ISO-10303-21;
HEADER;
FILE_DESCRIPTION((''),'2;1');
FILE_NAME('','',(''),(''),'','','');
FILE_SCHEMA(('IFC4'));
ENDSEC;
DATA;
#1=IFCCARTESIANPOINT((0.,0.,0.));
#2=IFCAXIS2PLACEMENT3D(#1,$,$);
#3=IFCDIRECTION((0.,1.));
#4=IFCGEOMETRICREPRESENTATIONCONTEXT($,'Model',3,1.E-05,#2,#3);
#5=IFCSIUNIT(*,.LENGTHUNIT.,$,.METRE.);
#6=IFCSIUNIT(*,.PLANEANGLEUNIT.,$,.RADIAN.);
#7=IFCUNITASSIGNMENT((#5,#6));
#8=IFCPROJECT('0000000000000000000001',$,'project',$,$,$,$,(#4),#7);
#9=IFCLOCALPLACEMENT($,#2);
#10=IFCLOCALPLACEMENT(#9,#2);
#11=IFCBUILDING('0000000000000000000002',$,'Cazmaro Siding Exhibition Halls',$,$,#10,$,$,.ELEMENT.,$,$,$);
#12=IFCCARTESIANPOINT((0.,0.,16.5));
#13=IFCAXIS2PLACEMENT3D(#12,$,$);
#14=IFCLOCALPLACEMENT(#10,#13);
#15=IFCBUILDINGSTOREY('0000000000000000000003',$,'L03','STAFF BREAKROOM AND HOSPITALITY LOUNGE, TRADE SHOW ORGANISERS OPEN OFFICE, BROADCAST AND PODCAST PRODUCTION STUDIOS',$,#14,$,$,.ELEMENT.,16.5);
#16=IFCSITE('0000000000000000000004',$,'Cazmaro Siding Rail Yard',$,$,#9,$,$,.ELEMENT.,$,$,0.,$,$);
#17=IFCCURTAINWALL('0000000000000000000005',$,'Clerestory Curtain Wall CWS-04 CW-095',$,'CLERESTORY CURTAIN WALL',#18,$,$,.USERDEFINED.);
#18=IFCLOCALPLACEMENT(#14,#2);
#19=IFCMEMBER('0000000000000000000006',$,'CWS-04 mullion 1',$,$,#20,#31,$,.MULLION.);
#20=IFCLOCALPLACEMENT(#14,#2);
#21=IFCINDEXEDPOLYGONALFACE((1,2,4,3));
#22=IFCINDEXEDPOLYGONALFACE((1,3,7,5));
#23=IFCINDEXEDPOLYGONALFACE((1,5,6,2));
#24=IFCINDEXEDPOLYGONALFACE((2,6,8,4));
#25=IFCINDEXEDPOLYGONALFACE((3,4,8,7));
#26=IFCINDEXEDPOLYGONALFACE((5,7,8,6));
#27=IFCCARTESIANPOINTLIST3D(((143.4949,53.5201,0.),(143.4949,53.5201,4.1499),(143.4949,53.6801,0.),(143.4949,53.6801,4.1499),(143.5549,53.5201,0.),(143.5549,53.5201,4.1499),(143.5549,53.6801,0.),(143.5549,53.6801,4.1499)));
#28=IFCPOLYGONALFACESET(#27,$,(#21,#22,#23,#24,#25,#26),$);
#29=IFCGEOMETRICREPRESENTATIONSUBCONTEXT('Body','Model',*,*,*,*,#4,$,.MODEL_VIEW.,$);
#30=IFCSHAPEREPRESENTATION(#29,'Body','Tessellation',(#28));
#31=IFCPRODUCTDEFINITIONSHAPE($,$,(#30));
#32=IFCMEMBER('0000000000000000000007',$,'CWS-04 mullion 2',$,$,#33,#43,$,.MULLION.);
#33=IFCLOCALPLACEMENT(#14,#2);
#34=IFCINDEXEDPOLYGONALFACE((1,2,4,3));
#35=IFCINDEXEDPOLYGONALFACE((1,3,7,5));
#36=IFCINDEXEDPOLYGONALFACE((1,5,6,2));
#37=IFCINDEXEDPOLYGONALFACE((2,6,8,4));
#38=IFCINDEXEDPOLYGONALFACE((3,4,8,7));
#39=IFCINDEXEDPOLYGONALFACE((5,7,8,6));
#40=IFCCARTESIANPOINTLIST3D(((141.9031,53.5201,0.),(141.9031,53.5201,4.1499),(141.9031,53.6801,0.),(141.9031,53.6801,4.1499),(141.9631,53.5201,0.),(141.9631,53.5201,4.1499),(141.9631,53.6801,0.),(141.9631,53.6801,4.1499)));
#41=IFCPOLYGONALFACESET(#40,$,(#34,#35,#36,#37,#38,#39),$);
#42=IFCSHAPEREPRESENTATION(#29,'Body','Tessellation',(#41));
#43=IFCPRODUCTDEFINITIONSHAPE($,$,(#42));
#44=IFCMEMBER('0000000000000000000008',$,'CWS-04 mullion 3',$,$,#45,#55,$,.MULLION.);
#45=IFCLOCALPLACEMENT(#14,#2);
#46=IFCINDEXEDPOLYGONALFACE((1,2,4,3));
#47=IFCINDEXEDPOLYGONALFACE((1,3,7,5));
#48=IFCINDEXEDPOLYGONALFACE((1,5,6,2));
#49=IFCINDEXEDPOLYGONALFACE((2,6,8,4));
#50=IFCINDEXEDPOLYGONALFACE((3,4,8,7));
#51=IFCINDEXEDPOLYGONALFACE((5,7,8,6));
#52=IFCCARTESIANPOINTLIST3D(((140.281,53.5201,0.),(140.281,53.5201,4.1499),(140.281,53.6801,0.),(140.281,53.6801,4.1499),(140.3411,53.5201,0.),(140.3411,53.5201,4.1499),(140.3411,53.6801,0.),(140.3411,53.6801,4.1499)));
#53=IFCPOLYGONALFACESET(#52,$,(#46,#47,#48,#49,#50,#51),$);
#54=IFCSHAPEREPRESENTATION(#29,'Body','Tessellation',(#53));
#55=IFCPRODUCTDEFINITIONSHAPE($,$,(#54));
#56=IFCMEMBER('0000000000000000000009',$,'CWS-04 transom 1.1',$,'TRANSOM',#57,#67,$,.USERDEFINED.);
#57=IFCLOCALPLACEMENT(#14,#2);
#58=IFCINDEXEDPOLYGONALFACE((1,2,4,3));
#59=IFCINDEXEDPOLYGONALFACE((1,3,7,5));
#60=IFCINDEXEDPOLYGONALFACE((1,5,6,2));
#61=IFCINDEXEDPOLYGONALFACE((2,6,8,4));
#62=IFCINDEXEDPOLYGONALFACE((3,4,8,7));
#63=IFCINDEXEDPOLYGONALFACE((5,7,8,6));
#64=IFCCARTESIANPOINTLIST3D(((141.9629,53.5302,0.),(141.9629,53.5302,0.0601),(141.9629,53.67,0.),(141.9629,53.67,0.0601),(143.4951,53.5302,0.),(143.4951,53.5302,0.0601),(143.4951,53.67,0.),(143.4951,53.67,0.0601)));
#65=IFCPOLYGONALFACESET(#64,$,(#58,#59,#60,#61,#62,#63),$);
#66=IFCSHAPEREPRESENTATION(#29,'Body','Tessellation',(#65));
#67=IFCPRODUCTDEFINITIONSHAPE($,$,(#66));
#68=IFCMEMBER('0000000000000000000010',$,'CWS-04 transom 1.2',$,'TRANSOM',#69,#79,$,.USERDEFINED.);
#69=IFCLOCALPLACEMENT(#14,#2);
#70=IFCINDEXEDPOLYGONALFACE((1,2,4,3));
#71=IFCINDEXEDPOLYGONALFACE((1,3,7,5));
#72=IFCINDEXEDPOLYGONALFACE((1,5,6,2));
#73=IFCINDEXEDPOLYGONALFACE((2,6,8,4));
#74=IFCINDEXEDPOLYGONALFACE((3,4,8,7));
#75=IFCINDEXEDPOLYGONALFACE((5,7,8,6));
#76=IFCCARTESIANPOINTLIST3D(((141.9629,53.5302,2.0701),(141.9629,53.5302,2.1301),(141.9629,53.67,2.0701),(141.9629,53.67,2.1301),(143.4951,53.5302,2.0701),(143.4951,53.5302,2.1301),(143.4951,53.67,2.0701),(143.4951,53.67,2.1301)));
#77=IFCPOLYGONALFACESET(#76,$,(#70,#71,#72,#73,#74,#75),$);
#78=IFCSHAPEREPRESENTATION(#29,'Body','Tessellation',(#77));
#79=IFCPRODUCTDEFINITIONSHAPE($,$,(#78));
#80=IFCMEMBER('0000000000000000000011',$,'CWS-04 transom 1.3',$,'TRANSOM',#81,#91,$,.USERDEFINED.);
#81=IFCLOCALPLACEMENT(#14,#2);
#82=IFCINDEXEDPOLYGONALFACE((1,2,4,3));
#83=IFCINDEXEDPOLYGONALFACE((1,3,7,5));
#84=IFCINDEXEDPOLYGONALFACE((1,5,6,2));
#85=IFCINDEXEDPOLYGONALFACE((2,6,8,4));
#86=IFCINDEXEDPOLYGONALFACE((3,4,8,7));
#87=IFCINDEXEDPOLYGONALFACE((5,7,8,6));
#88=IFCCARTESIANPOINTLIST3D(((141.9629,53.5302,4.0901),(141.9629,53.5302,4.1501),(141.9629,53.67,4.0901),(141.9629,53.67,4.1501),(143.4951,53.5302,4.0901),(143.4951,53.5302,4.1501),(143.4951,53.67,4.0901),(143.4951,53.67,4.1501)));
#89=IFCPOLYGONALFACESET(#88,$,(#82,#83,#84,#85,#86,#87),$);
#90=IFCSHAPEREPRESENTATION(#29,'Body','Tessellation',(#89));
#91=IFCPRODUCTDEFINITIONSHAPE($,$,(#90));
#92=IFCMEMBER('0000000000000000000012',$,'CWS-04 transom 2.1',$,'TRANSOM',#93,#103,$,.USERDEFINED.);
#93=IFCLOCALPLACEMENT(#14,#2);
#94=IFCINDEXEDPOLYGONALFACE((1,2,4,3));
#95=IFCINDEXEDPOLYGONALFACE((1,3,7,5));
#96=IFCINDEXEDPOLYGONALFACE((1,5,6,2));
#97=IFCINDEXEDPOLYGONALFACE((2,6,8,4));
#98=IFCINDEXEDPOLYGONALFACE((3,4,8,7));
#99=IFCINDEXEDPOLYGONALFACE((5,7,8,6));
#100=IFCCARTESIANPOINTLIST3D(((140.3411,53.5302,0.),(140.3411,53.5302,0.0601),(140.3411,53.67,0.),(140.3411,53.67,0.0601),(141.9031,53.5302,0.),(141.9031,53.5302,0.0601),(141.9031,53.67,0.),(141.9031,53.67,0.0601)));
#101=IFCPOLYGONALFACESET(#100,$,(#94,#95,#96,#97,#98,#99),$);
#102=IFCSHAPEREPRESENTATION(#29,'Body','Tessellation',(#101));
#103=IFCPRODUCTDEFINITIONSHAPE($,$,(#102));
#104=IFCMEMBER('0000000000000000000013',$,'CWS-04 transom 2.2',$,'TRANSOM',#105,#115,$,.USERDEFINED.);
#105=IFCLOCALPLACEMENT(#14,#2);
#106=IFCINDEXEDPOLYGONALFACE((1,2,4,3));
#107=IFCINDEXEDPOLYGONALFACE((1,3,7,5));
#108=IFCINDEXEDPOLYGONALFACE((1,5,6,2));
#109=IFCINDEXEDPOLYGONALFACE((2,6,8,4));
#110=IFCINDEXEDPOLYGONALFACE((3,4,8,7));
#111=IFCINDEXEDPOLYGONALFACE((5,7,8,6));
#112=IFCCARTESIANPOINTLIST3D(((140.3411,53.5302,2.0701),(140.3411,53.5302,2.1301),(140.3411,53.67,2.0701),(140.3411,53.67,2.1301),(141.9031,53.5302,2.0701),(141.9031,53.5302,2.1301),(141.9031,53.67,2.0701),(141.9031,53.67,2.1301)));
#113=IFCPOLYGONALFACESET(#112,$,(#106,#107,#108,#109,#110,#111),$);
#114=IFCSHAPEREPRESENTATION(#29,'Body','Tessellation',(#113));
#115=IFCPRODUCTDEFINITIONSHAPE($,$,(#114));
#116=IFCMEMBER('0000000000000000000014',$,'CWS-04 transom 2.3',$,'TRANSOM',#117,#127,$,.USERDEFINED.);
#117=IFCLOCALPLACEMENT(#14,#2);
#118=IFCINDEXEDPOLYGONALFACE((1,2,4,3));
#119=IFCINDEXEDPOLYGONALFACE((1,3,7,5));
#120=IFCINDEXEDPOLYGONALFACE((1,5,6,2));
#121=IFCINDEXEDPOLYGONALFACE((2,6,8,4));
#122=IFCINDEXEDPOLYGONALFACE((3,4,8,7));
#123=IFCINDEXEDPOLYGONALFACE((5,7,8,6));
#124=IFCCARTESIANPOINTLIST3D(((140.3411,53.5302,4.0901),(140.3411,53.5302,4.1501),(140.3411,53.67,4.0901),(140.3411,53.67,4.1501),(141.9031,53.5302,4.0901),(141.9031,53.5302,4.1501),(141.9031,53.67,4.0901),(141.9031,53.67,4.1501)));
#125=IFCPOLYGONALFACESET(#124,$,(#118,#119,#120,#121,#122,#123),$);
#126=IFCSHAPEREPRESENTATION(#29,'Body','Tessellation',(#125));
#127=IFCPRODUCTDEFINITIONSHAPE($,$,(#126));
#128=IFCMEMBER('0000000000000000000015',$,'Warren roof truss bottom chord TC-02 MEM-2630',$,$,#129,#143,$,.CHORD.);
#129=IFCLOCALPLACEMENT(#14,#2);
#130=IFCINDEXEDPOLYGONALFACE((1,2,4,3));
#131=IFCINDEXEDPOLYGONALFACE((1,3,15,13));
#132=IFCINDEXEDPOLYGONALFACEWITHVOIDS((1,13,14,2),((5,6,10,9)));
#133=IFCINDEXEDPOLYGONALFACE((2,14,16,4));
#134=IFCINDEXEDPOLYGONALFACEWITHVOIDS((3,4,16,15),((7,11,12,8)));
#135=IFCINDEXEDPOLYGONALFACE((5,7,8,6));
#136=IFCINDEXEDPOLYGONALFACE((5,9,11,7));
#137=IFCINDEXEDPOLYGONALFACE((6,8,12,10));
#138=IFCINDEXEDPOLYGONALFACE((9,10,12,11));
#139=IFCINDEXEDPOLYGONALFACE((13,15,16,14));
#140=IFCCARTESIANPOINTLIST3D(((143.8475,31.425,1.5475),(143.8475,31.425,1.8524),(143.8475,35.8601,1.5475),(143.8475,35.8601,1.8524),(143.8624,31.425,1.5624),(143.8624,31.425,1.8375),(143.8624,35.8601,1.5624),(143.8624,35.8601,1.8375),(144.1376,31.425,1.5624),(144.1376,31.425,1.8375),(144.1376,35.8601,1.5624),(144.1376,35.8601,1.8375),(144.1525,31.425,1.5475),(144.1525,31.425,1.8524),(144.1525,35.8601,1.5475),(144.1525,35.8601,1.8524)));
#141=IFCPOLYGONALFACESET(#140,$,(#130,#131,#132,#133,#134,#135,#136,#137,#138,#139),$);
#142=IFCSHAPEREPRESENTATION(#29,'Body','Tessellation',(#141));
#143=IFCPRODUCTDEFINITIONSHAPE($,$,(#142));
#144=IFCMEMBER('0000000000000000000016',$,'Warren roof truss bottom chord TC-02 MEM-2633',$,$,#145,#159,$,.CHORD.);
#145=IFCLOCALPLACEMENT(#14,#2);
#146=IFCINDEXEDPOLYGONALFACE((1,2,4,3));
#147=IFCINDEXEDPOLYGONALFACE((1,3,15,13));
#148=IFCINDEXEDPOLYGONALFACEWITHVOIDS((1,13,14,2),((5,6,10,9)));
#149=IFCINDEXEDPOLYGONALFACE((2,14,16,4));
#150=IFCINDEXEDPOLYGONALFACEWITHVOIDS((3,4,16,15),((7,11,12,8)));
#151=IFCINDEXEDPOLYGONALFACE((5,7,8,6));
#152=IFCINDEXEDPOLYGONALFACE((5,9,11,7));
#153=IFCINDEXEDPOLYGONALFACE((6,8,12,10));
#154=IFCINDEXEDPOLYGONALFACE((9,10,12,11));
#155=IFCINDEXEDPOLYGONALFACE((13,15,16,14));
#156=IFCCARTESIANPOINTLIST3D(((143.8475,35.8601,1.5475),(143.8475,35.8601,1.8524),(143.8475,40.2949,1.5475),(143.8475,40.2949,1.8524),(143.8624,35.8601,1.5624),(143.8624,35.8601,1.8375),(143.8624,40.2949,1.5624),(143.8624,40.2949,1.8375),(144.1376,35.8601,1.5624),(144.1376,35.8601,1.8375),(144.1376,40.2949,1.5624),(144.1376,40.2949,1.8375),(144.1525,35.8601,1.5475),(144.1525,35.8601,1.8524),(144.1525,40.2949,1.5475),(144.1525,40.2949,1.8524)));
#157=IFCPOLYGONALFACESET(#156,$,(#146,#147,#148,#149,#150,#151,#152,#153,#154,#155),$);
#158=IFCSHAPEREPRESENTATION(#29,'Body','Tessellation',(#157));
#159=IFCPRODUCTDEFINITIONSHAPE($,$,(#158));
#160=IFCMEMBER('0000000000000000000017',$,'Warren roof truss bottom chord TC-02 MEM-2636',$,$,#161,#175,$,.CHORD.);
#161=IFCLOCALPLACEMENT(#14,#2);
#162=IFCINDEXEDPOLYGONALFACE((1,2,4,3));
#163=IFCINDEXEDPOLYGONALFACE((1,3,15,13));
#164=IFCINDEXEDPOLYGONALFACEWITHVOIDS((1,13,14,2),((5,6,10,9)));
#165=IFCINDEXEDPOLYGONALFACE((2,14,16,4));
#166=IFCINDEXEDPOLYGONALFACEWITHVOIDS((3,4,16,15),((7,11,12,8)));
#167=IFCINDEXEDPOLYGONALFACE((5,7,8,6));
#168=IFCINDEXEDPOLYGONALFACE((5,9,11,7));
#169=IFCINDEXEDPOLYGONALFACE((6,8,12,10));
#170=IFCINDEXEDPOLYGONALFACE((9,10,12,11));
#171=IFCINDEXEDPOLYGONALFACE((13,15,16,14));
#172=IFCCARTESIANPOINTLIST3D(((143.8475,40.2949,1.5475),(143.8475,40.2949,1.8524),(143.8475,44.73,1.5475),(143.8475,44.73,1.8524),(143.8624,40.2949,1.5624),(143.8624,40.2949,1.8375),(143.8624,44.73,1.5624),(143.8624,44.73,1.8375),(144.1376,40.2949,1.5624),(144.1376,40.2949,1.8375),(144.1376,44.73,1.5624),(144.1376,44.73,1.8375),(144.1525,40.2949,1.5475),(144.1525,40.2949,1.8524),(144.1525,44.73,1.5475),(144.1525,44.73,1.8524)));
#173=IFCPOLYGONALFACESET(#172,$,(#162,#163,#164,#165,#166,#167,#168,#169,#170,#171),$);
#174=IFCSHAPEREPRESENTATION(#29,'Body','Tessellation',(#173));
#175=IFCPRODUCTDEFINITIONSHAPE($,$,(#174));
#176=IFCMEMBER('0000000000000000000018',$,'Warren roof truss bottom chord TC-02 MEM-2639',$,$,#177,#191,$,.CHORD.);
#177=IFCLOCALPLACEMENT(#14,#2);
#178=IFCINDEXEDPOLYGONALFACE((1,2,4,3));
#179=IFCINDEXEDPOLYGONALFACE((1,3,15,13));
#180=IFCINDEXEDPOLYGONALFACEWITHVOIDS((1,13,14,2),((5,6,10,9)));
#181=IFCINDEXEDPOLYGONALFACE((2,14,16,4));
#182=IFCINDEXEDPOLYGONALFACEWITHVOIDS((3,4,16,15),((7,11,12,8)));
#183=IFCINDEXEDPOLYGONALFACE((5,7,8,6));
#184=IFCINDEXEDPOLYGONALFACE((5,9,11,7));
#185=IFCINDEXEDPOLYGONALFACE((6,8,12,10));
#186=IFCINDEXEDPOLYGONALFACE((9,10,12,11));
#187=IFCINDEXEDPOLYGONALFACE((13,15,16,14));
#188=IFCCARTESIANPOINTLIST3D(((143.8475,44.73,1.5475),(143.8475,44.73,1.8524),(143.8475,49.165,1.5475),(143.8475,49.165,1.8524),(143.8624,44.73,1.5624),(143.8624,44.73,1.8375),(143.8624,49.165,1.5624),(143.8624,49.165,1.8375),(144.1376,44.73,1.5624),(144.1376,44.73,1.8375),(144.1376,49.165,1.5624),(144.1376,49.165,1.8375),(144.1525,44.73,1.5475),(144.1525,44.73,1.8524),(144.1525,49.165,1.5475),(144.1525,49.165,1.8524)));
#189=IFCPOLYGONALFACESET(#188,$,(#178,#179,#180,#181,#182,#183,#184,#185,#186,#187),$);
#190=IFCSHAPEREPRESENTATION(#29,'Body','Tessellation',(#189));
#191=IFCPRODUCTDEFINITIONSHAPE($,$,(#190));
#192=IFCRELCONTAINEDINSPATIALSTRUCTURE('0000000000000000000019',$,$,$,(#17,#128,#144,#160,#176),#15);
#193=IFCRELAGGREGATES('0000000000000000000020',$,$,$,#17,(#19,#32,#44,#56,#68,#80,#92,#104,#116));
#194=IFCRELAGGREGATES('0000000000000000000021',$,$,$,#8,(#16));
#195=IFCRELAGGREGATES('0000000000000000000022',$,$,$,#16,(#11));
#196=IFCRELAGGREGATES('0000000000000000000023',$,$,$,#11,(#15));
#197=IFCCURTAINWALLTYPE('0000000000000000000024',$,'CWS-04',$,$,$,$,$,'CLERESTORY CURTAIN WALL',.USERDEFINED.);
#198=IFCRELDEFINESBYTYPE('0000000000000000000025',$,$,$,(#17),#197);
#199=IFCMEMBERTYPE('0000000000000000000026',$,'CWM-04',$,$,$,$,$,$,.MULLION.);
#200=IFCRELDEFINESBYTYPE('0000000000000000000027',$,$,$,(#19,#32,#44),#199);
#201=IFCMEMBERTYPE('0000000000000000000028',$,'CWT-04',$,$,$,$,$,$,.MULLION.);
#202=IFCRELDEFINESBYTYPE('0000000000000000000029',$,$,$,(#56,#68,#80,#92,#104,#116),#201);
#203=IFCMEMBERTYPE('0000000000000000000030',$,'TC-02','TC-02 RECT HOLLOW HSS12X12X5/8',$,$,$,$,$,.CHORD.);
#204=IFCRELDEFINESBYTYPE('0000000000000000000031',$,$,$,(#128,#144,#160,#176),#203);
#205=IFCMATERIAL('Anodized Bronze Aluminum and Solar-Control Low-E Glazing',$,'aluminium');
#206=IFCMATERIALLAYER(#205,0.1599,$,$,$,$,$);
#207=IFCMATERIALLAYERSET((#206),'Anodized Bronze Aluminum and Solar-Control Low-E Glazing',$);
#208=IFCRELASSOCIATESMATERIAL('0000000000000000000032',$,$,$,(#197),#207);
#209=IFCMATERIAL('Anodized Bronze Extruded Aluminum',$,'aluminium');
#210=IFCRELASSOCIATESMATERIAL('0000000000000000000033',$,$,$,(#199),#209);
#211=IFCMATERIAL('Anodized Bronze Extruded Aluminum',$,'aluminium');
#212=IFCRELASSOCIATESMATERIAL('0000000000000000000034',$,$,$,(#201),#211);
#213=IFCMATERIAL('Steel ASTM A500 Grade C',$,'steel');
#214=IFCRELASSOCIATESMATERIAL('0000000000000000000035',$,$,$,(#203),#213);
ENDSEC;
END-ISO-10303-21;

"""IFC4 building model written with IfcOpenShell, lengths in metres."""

from ifc_helpers import new_model, si_unit, direction, frame, origin, origin_2d, place, context, subcontext, project, spatial, rectangle, hollow_rectangle, extrude, material, layer, layer_set, material_profile, profile_set, type_object, element, aggregate, save


model = new_model("IFC4")

# Units and contexts
model_context = context("Model", 3, precision=1e-05, world=origin(), true_north=direction((0.0, 1.0)))
body_context = subcontext(model_context, "Body", "Model", "MODEL_VIEW")
ifc_project = project(units=[si_unit("LENGTHUNIT", "METRE"), si_unit("PLANEANGLEUNIT", "RADIAN")], contexts=[model_context])

# Site, building, storey
site_placement = place(None, origin())
site = spatial("IfcSite", under=ifc_project, at=site_placement, Name="Cazmaro Siding Rail Yard", CompositionType="ELEMENT", RefElevation=0.0)
building_placement = place(site_placement, origin())
building = spatial("IfcBuilding", under=site, at=building_placement, Name="Cazmaro Siding Exhibition Halls", CompositionType="ELEMENT")
storey_placement = place(building_placement, frame((0.0, 0.0, 16.5)))
storey = spatial("IfcBuildingStorey", under=building, at=storey_placement, Name="L03", Description="STAFF BREAKROOM AND HOSPITALITY LOUNGE, TRADE SHOW ORGANISERS OPEN OFFICE, BROADCAST AND PODCAST PRODUCTION STUDIOS", CompositionType="ELEMENT", Elevation=16.5)

# Curtain wall, members
ifc_material_1 = material(Name="Anodized Bronze Aluminum and Solar-Control Low-E Glazing", Category="aluminium")
ifc_layer_1 = layer(ifc_material_1, 0.1599)
ifc_layer_set_1 = layer_set([ifc_layer_1], Name="Anodized Bronze Aluminum and Solar-Control Low-E Glazing")
curtain_wall_type = type_object("IfcCurtainWallType", Name="CWS-04", ElementType="CLERESTORY CURTAIN WALL", PredefinedType="USERDEFINED", material=ifc_layer_set_1)
curtain_wall_placement = place(storey_placement, origin())
curtain_wall = element("IfcCurtainWall", 1, at=curtain_wall_placement, inside=storey, type_object=curtain_wall_type, Name="Clerestory Curtain Wall CWS-04 CW-095", ObjectType="CLERESTORY CURTAIN WALL", PredefinedType="USERDEFINED")
ifc_material_2 = material(Name="Anodized Bronze Extruded Aluminum", Category="aluminium")
ifc_material_profile_1 = material_profile(ifc_material_2, rectangle(XDim=0.1599, YDim=0.0601, at=origin_2d()), Name="CWM-04")
ifc_profile_set_1 = profile_set([ifc_material_profile_1], Name="Anodized Bronze Extruded Aluminum")
member_type_1 = type_object("IfcMemberType", Name="CWM-04", PredefinedType="MULLION", material=ifc_profile_set_1)
member_1_placement = place(storey_placement, frame((143.5249, 53.6001, 0.0), z_axis=(0.0, 0.0, 1.0), x_axis=(0.0, -1.0, 0.0)))
member_1 = element("IfcMember", 2, at=member_1_placement, type_object=member_type_1, Name="CWS-04 mullion 1", PredefinedType="MULLION", context=body_context, shape_type="SweptSolid", body=[
    extrude(rectangle(XDim=0.1599, YDim=0.0601, at=origin_2d()), origin(), (0.0, 0.0, 1.0), 4.1499),
])
member_2_placement = place(storey_placement, frame((141.9331, 53.6001, 0.0), z_axis=(0.0, 0.0, 1.0), x_axis=(0.0, -1.0, 0.0)))
member_2 = element("IfcMember", 3, at=member_2_placement, type_object=member_type_1, Name="CWS-04 mullion 2", PredefinedType="MULLION", context=body_context, shape_type="SweptSolid", body=[
    extrude(rectangle(XDim=0.1599, YDim=0.0601, at=origin_2d()), origin(), (0.0, 0.0, 1.0), 4.1499),
])
member_3_placement = place(storey_placement, frame((140.311, 53.6001, 0.0), z_axis=(0.0, 0.0, 1.0), x_axis=(0.0, -1.0, 0.0)))
member_3 = element("IfcMember", 4, at=member_3_placement, type_object=member_type_1, Name="CWS-04 mullion 3", PredefinedType="MULLION", context=body_context, shape_type="SweptSolid", body=[
    extrude(rectangle(XDim=0.1599, YDim=0.0601, at=origin_2d()), origin(), (0.0, 0.0, 1.0), 4.1499),
])
ifc_material_3 = material(Name="Anodized Bronze Extruded Aluminum", Category="aluminium")
ifc_material_profile_2 = material_profile(ifc_material_3, rectangle(XDim=0.1399, YDim=0.0601, at=origin_2d()), Name="CWT-04")
ifc_profile_set_2 = profile_set([ifc_material_profile_2], Name="Anodized Bronze Extruded Aluminum")
member_type_2 = type_object("IfcMemberType", Name="CWT-04", PredefinedType="MULLION", material=ifc_profile_set_2)
member_4_placement = place(storey_placement, frame((143.4951, 53.6001, 0.03), z_axis=(-1.0, 0.0, 0.0), x_axis=(0.0, -1.0, 0.0)))
member_4 = element("IfcMember", 5, at=member_4_placement, type_object=member_type_2, Name="CWS-04 transom 1.1", ObjectType="TRANSOM", PredefinedType="USERDEFINED", context=body_context, shape_type="SweptSolid", body=[
    extrude(rectangle(XDim=0.1399, YDim=0.0601, at=origin_2d()), origin(), (0.0, 0.0, 1.0), 1.5322),
])
member_5_placement = place(storey_placement, frame((143.4951, 53.6001, 2.1001), z_axis=(-1.0, 0.0, 0.0), x_axis=(0.0, -1.0, 0.0)))
member_5 = element("IfcMember", 6, at=member_5_placement, type_object=member_type_2, Name="CWS-04 transom 1.2", ObjectType="TRANSOM", PredefinedType="USERDEFINED", context=body_context, shape_type="SweptSolid", body=[
    extrude(rectangle(XDim=0.1399, YDim=0.0601, at=origin_2d()), origin(), (0.0, 0.0, 1.0), 1.5322),
])
member_6_placement = place(storey_placement, frame((143.4951, 53.6001, 4.1201), z_axis=(-1.0, 0.0, 0.0), x_axis=(0.0, -1.0, 0.0)))
member_6 = element("IfcMember", 7, at=member_6_placement, type_object=member_type_2, Name="CWS-04 transom 1.3", ObjectType="TRANSOM", PredefinedType="USERDEFINED", context=body_context, shape_type="SweptSolid", body=[
    extrude(rectangle(XDim=0.1399, YDim=0.0601, at=origin_2d()), origin(), (0.0, 0.0, 1.0), 1.5322),
])
member_7_placement = place(storey_placement, frame((141.9031, 53.6001, 0.03), z_axis=(-1.0, 0.0, 0.0), x_axis=(0.0, -1.0, 0.0)))
member_7 = element("IfcMember", 8, at=member_7_placement, type_object=member_type_2, Name="CWS-04 transom 2.1", ObjectType="TRANSOM", PredefinedType="USERDEFINED", context=body_context, shape_type="SweptSolid", body=[
    extrude(rectangle(XDim=0.1399, YDim=0.0601, at=origin_2d()), origin(), (0.0, 0.0, 1.0), 1.562),
])
member_8_placement = place(storey_placement, frame((141.9031, 53.6001, 2.1001), z_axis=(-1.0, 0.0, 0.0), x_axis=(0.0, -1.0, 0.0)))
member_8 = element("IfcMember", 9, at=member_8_placement, type_object=member_type_2, Name="CWS-04 transom 2.2", ObjectType="TRANSOM", PredefinedType="USERDEFINED", context=body_context, shape_type="SweptSolid", body=[
    extrude(rectangle(XDim=0.1399, YDim=0.0601, at=origin_2d()), origin(), (0.0, 0.0, 1.0), 1.562),
])
member_9_placement = place(storey_placement, frame((141.9031, 53.6001, 4.1201), z_axis=(-1.0, 0.0, 0.0), x_axis=(0.0, -1.0, 0.0)))
member_9 = element("IfcMember", 10, at=member_9_placement, type_object=member_type_2, Name="CWS-04 transom 2.3", ObjectType="TRANSOM", PredefinedType="USERDEFINED", context=body_context, shape_type="SweptSolid", body=[
    extrude(rectangle(XDim=0.1399, YDim=0.0601, at=origin_2d()), origin(), (0.0, 0.0, 1.0), 1.562),
])

# Members
ifc_material_4 = material(Name="Steel ASTM A500 Grade C", Category="steel")
ifc_material_profile_3 = material_profile(ifc_material_4, hollow_rectangle(XDim=0.3049, YDim=0.3049, WallThickness=0.0149, at=origin_2d()), Name="HSS12X12X5/8")
ifc_profile_set_3 = profile_set([ifc_material_profile_3], Name="Steel ASTM A500 Grade C")
member_type_3 = type_object("IfcMemberType", Name="TC-02", Description="TC-02 RECT HOLLOW HSS12X12X5/8", PredefinedType="CHORD", material=ifc_profile_set_3)
member_10_placement = place(storey_placement, frame((144.0, 31.425, 1.7), z_axis=(0.0, 1.0, 0.0), x_axis=(-1.0, 0.0, 0.0)))
element("IfcMember", 11, at=member_10_placement, inside=storey, type_object=member_type_3, Name="Warren roof truss bottom chord TC-02 MEM-2630", PredefinedType="CHORD", context=body_context, shape_type="SweptSolid", body=[
    extrude(hollow_rectangle(XDim=0.3049, YDim=0.3049, WallThickness=0.0149, at=origin_2d()), origin(), (0.0, 0.0, 1.0), 4.4351),
])
member_11_placement = place(storey_placement, frame((144.0, 35.8601, 1.7), z_axis=(0.0, 1.0, 0.0), x_axis=(-1.0, 0.0, 0.0)))
element("IfcMember", 12, at=member_11_placement, inside=storey, type_object=member_type_3, Name="Warren roof truss bottom chord TC-02 MEM-2633", PredefinedType="CHORD", context=body_context, shape_type="SweptSolid", body=[
    extrude(hollow_rectangle(XDim=0.3049, YDim=0.3049, WallThickness=0.0149, at=origin_2d()), origin(), (0.0, 0.0, 1.0), 4.4348),
])
for number, where, z_axis, x_axis, name in (
    (13, (144.0, 40.2949, 1.7), (0.0, 1.0, 0.0), (-1.0, 0.0, 0.0), "Warren roof truss bottom chord TC-02 MEM-2636"),
    (14, (144.0, 44.73, 1.7), (0.0, 1.0, 0.0), (-1.0, 0.0, 0.0), "Warren roof truss bottom chord TC-02 MEM-2639"),
):
    element("IfcMember", number, at=place(storey_placement, frame(where, z_axis=z_axis, x_axis=x_axis)), inside=storey, type_object=member_type_3, Name=name, PredefinedType="CHORD", context=body_context, shape_type="SweptSolid", body=[
        extrude(hollow_rectangle(XDim=0.3049, YDim=0.3049, WallThickness=0.0149, at=origin_2d()), origin(), (0.0, 0.0, 1.0), 4.4351),
    ])

aggregate(curtain_wall, [member_1, member_2, member_3, member_4, member_5, member_6, member_7, member_8, member_9])

save(model, "model.ifc")
